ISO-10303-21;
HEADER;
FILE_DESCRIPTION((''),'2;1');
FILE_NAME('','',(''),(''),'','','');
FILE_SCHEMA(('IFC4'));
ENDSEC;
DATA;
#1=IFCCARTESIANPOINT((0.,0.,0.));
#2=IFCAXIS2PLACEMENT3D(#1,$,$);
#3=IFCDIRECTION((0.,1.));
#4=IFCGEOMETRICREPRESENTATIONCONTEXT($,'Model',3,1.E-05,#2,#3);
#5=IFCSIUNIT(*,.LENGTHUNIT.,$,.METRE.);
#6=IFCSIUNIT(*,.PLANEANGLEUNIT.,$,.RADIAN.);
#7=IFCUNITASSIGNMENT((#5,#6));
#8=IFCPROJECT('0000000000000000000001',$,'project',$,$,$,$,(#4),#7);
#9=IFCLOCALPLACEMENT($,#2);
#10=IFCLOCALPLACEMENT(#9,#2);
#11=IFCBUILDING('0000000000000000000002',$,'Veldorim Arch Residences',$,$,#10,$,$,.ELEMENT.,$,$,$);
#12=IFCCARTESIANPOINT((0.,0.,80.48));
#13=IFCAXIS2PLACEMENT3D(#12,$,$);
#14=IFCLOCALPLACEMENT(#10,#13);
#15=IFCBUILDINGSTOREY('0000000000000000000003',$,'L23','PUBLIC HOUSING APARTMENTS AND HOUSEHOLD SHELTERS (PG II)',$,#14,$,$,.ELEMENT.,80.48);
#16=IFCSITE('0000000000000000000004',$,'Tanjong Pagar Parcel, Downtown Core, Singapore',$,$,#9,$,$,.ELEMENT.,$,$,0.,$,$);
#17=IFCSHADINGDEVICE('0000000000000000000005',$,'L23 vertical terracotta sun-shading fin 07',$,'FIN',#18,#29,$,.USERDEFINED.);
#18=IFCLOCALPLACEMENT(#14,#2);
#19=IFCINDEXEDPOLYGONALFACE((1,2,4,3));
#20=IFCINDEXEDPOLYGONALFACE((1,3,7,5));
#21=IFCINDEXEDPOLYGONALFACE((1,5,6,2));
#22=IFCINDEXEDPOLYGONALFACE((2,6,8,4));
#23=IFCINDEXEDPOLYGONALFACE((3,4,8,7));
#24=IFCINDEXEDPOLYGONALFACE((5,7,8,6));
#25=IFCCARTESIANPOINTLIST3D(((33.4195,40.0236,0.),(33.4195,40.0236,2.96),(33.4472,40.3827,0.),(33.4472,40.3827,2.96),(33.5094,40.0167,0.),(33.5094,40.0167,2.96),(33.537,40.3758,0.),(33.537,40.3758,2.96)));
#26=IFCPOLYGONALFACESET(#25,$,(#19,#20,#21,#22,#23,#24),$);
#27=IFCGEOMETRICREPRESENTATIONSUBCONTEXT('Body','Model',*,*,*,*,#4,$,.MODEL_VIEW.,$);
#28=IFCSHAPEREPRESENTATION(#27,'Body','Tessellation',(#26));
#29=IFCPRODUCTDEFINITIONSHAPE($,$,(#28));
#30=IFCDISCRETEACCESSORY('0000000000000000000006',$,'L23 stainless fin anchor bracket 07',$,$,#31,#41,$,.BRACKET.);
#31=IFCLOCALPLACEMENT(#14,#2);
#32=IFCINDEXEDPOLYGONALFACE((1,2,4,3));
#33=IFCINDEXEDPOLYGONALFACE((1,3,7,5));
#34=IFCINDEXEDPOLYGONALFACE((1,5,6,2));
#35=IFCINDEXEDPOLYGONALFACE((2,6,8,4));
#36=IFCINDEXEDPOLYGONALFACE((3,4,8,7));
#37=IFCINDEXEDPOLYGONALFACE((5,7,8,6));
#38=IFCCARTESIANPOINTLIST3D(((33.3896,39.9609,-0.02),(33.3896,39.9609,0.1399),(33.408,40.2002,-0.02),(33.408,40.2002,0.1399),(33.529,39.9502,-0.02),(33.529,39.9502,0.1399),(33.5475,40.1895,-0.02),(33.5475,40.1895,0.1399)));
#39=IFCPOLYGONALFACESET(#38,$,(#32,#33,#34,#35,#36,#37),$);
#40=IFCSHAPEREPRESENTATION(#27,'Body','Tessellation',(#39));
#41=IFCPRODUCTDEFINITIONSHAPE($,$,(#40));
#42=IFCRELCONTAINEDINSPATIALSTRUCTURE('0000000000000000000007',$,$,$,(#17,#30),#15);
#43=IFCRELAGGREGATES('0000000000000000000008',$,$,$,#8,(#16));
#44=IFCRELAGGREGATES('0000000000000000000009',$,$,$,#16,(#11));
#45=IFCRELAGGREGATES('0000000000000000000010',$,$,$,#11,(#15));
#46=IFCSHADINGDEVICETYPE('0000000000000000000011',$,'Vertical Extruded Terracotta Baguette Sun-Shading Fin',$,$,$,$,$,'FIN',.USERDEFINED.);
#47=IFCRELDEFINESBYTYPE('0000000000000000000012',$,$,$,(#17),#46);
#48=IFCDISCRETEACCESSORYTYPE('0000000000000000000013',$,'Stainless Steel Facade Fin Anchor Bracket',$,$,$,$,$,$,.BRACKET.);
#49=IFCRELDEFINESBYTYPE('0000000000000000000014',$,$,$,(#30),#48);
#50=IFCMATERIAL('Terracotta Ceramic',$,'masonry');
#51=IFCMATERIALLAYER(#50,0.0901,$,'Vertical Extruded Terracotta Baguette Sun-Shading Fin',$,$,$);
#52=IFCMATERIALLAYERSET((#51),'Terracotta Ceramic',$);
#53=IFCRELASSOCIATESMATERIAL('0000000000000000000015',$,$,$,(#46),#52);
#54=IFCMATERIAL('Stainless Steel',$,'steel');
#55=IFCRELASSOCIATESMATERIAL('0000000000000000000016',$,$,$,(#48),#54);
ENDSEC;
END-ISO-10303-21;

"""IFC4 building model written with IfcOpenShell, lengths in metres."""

from ifc_helpers import new_model, si_unit, direction, frame, origin, origin_2d, place, context, subcontext, project, spatial, rectangle, extrude, material, layer, layer_set, type_object, element, save


model = new_model("IFC4")

# Units and contexts
model_context = context("Model", 3, precision=1e-05, world=origin(), true_north=direction((0.0, 1.0)))
body_context = subcontext(model_context, "Body", "Model", "MODEL_VIEW")
ifc_project = project(units=[si_unit("LENGTHUNIT", "METRE"), si_unit("PLANEANGLEUNIT", "RADIAN")], contexts=[model_context])

# Site, building, storey
site_placement = place(None, origin())
site = spatial("IfcSite", under=ifc_project, at=site_placement, Name="Tanjong Pagar Parcel, Downtown Core, Singapore", CompositionType="ELEMENT", RefElevation=0.0)
building_placement = place(site_placement, origin())
building = spatial("IfcBuilding", under=site, at=building_placement, Name="Veldorim Arch Residences", CompositionType="ELEMENT")
storey_placement = place(building_placement, frame((0.0, 0.0, 80.48)))
storey = spatial("IfcBuildingStorey", under=building, at=storey_placement, Name="L23", Description="PUBLIC HOUSING APARTMENTS AND HOUSEHOLD SHELTERS (PG II)", CompositionType="ELEMENT", Elevation=80.48)

# Shading device
ifc_material_1 = material(Name="Terracotta Ceramic", Category="masonry")
ifc_layer_1 = layer(ifc_material_1, 0.0901, Name="Vertical Extruded Terracotta Baguette Sun-Shading Fin")
ifc_layer_set_1 = layer_set([ifc_layer_1], Name="Terracotta Ceramic")
shading_device_type = type_object("IfcShadingDeviceType", Name="Vertical Extruded Terracotta Baguette Sun-Shading Fin", ElementType="FIN", PredefinedType="USERDEFINED", material=ifc_layer_set_1)
shading_device_placement = place(storey_placement, frame((33.4783, 40.1997, 0.0), z_axis=(0.0, 0.0, 1.0), x_axis=(0.997053, -0.076719, 0.0)))
element("IfcShadingDevice", 1, at=shading_device_placement, inside=storey, type_object=shading_device_type, Name="L23 vertical terracotta sun-shading fin 07", ObjectType="FIN", PredefinedType="USERDEFINED", context=body_context, shape_type="SweptSolid", body=[
    extrude(rectangle(XDim=0.0901, YDim=0.3601, at=origin_2d()), origin(), (0.0, 0.0, 1.0), 2.96),
])

# Discrete accessory
ifc_material_2 = material(Name="Stainless Steel", Category="steel")
discrete_accessory_type = type_object("IfcDiscreteAccessoryType", Name="Stainless Steel Facade Fin Anchor Bracket", PredefinedType="BRACKET", material=ifc_material_2)
discrete_accessory_placement = place(storey_placement, frame((33.4685, 40.0752, -0.02), z_axis=(0.0, 0.0, 1.0), x_axis=(0.997053, -0.076719, 0.0)))
element("IfcDiscreteAccessory", 2, at=discrete_accessory_placement, inside=storey, type_object=discrete_accessory_type, Name="L23 stainless fin anchor bracket 07", PredefinedType="BRACKET", context=body_context, shape_type="SweptSolid", body=[
    extrude(rectangle(XDim=0.1399, YDim=0.24, at=origin_2d()), origin(), (0.0, 0.0, 1.0), 0.1599),
])

save(model, "model.ifc")
